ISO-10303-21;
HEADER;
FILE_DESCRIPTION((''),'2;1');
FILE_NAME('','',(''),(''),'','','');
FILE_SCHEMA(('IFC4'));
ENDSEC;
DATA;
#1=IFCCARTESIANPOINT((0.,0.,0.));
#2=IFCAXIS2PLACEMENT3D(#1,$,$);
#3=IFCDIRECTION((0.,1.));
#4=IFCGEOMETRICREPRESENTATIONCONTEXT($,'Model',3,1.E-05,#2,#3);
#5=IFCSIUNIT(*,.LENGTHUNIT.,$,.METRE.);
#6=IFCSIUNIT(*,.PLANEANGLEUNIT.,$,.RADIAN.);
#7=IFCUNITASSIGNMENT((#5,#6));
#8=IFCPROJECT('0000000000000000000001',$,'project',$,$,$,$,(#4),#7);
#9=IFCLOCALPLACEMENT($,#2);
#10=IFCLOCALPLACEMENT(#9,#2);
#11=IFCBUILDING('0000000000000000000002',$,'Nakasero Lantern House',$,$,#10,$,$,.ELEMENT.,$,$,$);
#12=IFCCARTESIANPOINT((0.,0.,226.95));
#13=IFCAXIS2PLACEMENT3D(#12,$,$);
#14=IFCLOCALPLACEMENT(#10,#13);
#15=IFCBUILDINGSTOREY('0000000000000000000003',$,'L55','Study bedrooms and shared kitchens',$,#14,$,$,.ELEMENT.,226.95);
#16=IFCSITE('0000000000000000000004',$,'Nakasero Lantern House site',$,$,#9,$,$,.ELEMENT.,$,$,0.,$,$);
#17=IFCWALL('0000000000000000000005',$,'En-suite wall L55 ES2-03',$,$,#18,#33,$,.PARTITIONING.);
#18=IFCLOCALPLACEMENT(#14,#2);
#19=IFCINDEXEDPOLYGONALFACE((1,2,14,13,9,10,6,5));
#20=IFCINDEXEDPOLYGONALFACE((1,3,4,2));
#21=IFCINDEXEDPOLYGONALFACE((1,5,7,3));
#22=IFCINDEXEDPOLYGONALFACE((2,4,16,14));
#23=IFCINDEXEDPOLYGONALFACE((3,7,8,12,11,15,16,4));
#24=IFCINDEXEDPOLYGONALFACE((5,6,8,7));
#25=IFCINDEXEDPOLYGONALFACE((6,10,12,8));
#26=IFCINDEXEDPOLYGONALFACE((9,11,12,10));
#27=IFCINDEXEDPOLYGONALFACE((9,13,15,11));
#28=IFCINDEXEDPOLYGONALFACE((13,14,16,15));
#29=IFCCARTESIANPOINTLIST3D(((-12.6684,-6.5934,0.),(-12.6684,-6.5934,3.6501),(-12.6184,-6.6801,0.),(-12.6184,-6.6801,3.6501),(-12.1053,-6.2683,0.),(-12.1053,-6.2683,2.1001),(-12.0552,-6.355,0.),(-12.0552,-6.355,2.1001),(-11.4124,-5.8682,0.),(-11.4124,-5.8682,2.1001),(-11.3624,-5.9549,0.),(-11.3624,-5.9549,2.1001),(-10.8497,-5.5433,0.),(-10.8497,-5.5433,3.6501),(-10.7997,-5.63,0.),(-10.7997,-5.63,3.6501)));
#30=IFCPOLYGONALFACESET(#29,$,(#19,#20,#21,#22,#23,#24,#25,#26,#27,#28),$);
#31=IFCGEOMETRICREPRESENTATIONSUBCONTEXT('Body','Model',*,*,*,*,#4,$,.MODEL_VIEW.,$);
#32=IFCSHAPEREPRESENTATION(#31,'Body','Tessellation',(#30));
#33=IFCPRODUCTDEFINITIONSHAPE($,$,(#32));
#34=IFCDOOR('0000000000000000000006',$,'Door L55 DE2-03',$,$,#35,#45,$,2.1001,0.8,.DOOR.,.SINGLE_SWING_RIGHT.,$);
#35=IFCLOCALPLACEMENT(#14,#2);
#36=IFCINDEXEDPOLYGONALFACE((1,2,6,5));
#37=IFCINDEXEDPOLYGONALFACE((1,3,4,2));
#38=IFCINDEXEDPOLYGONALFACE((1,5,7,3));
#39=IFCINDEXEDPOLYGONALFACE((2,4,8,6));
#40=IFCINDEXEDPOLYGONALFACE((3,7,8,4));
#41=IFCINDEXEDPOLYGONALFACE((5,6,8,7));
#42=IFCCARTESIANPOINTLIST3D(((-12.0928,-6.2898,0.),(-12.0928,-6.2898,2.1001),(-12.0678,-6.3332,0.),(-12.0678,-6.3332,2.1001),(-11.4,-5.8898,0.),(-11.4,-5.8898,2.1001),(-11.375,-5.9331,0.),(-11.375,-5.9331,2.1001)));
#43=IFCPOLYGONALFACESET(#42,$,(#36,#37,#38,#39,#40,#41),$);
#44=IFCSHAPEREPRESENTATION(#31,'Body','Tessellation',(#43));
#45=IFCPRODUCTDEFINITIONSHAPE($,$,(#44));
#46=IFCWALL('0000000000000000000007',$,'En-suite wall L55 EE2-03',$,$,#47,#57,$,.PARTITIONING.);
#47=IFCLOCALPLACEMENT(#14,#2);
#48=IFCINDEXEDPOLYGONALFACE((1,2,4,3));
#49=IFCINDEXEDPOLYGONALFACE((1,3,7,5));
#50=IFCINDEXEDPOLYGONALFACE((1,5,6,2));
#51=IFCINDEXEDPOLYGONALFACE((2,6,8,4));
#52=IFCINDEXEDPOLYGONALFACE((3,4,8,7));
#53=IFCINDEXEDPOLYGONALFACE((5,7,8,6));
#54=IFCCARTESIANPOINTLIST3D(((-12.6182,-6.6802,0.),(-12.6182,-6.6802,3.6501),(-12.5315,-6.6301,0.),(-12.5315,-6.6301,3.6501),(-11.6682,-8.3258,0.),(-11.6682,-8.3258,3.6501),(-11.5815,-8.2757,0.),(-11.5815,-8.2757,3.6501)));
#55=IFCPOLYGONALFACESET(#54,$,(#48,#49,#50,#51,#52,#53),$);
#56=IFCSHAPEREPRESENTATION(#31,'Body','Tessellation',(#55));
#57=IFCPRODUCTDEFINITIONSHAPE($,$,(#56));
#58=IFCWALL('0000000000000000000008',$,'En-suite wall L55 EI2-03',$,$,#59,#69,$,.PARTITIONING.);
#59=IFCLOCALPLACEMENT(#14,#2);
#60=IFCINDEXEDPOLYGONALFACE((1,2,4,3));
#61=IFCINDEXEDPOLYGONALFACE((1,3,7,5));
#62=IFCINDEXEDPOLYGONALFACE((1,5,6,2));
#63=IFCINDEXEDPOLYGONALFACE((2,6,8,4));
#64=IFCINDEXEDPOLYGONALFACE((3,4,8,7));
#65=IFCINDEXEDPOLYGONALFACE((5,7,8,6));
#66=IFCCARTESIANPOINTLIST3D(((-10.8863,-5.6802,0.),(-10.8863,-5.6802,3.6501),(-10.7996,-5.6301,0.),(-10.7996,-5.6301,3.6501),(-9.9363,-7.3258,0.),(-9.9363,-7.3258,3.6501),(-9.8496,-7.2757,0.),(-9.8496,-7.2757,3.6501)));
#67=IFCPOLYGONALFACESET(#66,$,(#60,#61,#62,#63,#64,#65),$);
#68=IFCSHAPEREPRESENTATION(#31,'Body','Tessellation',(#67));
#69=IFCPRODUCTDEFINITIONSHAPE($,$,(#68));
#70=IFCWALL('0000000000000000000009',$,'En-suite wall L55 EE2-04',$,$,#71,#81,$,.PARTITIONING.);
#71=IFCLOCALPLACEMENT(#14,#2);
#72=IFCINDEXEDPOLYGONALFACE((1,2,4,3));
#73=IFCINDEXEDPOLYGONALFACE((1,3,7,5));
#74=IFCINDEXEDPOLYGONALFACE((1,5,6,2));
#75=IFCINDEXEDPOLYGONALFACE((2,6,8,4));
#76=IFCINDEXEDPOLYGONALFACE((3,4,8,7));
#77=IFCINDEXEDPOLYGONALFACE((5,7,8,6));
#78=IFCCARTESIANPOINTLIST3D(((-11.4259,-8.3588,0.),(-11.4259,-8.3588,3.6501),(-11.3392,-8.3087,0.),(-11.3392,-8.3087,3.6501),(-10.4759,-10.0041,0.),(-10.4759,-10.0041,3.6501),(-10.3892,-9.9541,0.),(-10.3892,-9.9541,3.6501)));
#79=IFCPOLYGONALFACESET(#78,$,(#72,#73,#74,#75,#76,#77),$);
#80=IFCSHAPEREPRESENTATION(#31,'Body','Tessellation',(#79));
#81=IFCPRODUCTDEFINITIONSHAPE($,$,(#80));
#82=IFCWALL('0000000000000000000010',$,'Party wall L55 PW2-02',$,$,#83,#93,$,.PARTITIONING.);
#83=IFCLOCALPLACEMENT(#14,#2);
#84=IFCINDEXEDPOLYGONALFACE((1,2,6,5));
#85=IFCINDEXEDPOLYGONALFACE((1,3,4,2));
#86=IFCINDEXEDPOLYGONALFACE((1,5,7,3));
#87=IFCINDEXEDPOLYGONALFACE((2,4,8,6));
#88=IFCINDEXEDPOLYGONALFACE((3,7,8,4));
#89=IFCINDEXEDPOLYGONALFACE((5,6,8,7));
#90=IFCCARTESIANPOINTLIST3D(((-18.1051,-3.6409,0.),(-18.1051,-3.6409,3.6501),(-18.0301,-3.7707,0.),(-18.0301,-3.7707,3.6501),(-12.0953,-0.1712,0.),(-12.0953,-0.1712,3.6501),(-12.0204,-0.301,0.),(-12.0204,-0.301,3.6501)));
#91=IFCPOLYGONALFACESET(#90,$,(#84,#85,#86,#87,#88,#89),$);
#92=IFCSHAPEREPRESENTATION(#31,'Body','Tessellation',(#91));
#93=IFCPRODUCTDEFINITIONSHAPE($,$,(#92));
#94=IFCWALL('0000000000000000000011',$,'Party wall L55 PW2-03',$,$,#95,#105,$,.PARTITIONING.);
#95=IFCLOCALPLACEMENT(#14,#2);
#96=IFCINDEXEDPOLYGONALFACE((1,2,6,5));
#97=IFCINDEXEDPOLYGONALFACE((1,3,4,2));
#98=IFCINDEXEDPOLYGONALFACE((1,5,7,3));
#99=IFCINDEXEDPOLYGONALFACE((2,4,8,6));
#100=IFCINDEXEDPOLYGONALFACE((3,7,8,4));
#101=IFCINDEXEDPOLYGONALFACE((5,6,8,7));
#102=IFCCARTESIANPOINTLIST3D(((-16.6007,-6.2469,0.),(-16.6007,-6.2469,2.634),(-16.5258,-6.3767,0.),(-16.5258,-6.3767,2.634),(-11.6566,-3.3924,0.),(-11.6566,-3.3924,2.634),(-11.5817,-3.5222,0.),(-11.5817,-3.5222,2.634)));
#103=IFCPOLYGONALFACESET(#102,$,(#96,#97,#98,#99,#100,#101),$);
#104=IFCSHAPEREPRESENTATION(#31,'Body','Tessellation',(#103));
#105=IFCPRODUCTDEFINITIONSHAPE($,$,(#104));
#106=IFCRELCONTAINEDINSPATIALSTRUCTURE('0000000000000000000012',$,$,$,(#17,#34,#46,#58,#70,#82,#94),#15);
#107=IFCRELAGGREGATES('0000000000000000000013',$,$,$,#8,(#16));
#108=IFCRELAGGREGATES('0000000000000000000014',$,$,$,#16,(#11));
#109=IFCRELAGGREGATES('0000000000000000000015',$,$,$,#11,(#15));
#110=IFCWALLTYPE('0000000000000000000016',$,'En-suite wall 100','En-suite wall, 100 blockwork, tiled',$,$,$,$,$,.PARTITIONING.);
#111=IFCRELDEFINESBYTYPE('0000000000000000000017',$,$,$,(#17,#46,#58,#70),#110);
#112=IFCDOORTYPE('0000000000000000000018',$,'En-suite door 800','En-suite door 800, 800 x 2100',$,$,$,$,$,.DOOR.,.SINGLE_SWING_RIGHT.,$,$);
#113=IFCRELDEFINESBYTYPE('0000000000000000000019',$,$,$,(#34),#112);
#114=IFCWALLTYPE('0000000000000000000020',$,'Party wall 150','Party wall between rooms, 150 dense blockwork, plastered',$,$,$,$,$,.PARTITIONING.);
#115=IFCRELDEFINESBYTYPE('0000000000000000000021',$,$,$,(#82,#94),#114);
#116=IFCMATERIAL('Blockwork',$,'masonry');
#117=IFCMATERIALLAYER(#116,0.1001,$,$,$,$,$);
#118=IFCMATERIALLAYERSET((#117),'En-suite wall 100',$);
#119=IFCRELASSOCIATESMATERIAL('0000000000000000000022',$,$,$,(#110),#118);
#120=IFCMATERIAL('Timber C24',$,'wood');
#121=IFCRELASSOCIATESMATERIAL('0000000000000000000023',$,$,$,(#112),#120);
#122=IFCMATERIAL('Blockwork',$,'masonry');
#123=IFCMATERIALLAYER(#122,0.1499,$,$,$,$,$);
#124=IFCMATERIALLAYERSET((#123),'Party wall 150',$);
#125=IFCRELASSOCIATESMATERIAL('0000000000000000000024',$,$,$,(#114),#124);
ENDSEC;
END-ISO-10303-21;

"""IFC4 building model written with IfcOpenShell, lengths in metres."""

from ifc_helpers import new_model, si_unit, direction, frame, frame_2d, origin, place, context, subcontext, project, spatial, rectangle, extrude, material, layer, layer_set, type_object, element, fill, save


model = new_model("IFC4")

# Units and contexts
model_context = context("Model", 3, precision=1e-05, world=origin(), true_north=direction((0.0, 1.0)))
body_context = subcontext(model_context, "Body", "Model", "MODEL_VIEW")
ifc_project = project(units=[si_unit("LENGTHUNIT", "METRE"), si_unit("PLANEANGLEUNIT", "RADIAN")], contexts=[model_context])

# Site, building, storey
site_placement = place(None, origin())
site = spatial("IfcSite", under=ifc_project, at=site_placement, Name="Nakasero Lantern House site", CompositionType="ELEMENT", RefElevation=0.0)
building_placement = place(site_placement, origin())
building = spatial("IfcBuilding", under=site, at=building_placement, Name="Nakasero Lantern House", CompositionType="ELEMENT")
storey_placement = place(building_placement, frame((0.0, 0.0, 226.95)))
storey = spatial("IfcBuildingStorey", under=building, at=storey_placement, Name="L55", Description="Study bedrooms and shared kitchens", CompositionType="ELEMENT", Elevation=226.95)

# Wall, opening, door
ifc_material_1 = material(Name="Blockwork", Category="masonry")
ifc_layer_1 = layer(ifc_material_1, 0.1001)
ifc_layer_set_1 = layer_set([ifc_layer_1], Name="En-suite wall 100")
wall_type_1 = type_object("IfcWallType", Name="En-suite wall 100", Description="En-suite wall, 100 blockwork, tiled", PredefinedType="PARTITIONING", material=ifc_layer_set_1)
wall_1_placement = place(storey_placement, frame((-10.8247, -5.5867, 0.0), z_axis=(0.0, 0.0, 1.0), x_axis=(-0.866009, -0.500028, 0.0)))
wall_1 = element("IfcWall", 1, at=wall_1_placement, inside=storey, type_object=wall_type_1, Name="En-suite wall L55 ES2-03", PredefinedType="PARTITIONING", context=body_context, shape_type="SweptSolid", body=[
    extrude(rectangle(XDim=2.1001, YDim=0.1001, at=frame_2d((1.05, 0.0))), origin(), (0.0, 0.0, 1.0), 3.6501),
])
opening_1_placement = place(wall_1_placement, frame((0.6499, 0.0, 0.0)))
opening_1 = element("IfcOpeningElement", 2, at=opening_1_placement, cuts=wall_1, PredefinedType="OPENING", context=body_context, shape_type="SweptSolid", body=[
    extrude(rectangle(XDim=0.8, YDim=2.1001, at=frame_2d((0.3999, 1.05))), frame((0.0, 0.0701, 0.0), z_axis=(0.0, -1.0, 0.0), x_axis=(1.0, 0.0, 0.0)), (0.0, 0.0, 1.0), 0.1401),
])
ifc_material_2 = material(Name="Timber C24", Category="wood")
door_type_1 = type_object("IfcDoorType", Name="En-suite door 800", Description="En-suite door 800, 800 x 2100", OperationType="SINGLE_SWING_RIGHT", PredefinedType="DOOR", material=ifc_material_2)
door_1_placement = place(opening_1_placement, origin())
door_1 = element("IfcDoor", 3, at=door_1_placement, inside=storey, type_object=door_type_1, Name="Door L55 DE2-03", OperationType="SINGLE_SWING_RIGHT", OverallHeight=2.1001, OverallWidth=0.8, PredefinedType="DOOR", context=body_context, shape_type="SweptSolid", body=[
    extrude(rectangle(XDim=0.8, YDim=2.1001, at=frame_2d((0.3999, 1.05))), frame((0.0, 0.0249, 0.0), z_axis=(0.0, -1.0, 0.0), x_axis=(1.0, 0.0, 0.0)), (0.0, 0.0, 1.0), 0.05),
])
fill(opening_1, door_1)

# Walls
for number, where, z_axis, x_axis, name in (
    (4, (-12.575, -6.655, 0.0), (0.0, 0.0, 1.0), (0.499967, -0.866044, 0.0), "En-suite wall L55 EE2-03"),
    (5, (-10.843, -5.655, 0.0), (0.0, 0.0, 1.0), (0.499967, -0.866044, 0.0), "En-suite wall L55 EI2-03"),
):
    element("IfcWall", number, at=place(storey_placement, frame(where, z_axis=z_axis, x_axis=x_axis)), inside=storey, type_object=wall_type_1, Name=name, PredefinedType="PARTITIONING", context=body_context, shape_type="SweptSolid", body=[
        extrude(rectangle(XDim=1.9001, YDim=0.1001, at=frame_2d((0.9502, 0.0))), origin(), (0.0, 0.0, 1.0), 3.6501),
    ])
wall_2_placement = place(storey_placement, frame((-11.3826, -8.3337, 0.0), z_axis=(0.0, 0.0, 1.0), x_axis=(0.500023, -0.866012, 0.0)))
element("IfcWall", 6, at=wall_2_placement, inside=storey, type_object=wall_type_1, Name="En-suite wall L55 EE2-04", PredefinedType="PARTITIONING", context=body_context, shape_type="SweptSolid", body=[
    extrude(rectangle(XDim=1.8999, YDim=0.1001, at=frame_2d((0.95, 0.0))), origin(), (0.0, 0.0, 1.0), 3.6501),
])
ifc_material_3 = material(Name="Blockwork", Category="masonry")
ifc_layer_2 = layer(ifc_material_3, 0.1499)
ifc_layer_set_2 = layer_set([ifc_layer_2], Name="Party wall 150")
wall_type_2 = type_object("IfcWallType", Name="Party wall 150", Description="Party wall between rooms, 150 dense blockwork, plastered", PredefinedType="PARTITIONING", material=ifc_layer_set_2)
wall_3_placement = place(storey_placement, frame((-12.0579, -0.2361, 0.0), z_axis=(0.0, 0.0, 1.0), x_axis=(-0.866026, -0.499999, 0.0)))
element("IfcWall", 7, at=wall_3_placement, inside=storey, type_object=wall_type_2, Name="Party wall L55 PW2-02", PredefinedType="PARTITIONING", context=body_context, shape_type="SweptSolid", body=[
    extrude(rectangle(XDim=6.9395, YDim=0.1499, at=frame_2d((3.4697, 0.0))), origin(), (0.0, 0.0, 1.0), 3.6501),
])
wall_4_placement = place(storey_placement, frame((-11.6191, -3.4573, 0.0), z_axis=(0.0, 0.0, 1.0), x_axis=(-0.866024, -0.500003, 0.0)))
element("IfcWall", 8, at=wall_4_placement, inside=storey, type_object=wall_type_2, Name="Party wall L55 PW2-03", PredefinedType="PARTITIONING", context=body_context, shape_type="SweptSolid", body=[
    extrude(rectangle(XDim=5.709, YDim=0.1499, at=frame_2d((2.8545, 0.0))), origin(), (0.0, 0.0, 1.0), 2.634),
])

save(model, "model.ifc")
